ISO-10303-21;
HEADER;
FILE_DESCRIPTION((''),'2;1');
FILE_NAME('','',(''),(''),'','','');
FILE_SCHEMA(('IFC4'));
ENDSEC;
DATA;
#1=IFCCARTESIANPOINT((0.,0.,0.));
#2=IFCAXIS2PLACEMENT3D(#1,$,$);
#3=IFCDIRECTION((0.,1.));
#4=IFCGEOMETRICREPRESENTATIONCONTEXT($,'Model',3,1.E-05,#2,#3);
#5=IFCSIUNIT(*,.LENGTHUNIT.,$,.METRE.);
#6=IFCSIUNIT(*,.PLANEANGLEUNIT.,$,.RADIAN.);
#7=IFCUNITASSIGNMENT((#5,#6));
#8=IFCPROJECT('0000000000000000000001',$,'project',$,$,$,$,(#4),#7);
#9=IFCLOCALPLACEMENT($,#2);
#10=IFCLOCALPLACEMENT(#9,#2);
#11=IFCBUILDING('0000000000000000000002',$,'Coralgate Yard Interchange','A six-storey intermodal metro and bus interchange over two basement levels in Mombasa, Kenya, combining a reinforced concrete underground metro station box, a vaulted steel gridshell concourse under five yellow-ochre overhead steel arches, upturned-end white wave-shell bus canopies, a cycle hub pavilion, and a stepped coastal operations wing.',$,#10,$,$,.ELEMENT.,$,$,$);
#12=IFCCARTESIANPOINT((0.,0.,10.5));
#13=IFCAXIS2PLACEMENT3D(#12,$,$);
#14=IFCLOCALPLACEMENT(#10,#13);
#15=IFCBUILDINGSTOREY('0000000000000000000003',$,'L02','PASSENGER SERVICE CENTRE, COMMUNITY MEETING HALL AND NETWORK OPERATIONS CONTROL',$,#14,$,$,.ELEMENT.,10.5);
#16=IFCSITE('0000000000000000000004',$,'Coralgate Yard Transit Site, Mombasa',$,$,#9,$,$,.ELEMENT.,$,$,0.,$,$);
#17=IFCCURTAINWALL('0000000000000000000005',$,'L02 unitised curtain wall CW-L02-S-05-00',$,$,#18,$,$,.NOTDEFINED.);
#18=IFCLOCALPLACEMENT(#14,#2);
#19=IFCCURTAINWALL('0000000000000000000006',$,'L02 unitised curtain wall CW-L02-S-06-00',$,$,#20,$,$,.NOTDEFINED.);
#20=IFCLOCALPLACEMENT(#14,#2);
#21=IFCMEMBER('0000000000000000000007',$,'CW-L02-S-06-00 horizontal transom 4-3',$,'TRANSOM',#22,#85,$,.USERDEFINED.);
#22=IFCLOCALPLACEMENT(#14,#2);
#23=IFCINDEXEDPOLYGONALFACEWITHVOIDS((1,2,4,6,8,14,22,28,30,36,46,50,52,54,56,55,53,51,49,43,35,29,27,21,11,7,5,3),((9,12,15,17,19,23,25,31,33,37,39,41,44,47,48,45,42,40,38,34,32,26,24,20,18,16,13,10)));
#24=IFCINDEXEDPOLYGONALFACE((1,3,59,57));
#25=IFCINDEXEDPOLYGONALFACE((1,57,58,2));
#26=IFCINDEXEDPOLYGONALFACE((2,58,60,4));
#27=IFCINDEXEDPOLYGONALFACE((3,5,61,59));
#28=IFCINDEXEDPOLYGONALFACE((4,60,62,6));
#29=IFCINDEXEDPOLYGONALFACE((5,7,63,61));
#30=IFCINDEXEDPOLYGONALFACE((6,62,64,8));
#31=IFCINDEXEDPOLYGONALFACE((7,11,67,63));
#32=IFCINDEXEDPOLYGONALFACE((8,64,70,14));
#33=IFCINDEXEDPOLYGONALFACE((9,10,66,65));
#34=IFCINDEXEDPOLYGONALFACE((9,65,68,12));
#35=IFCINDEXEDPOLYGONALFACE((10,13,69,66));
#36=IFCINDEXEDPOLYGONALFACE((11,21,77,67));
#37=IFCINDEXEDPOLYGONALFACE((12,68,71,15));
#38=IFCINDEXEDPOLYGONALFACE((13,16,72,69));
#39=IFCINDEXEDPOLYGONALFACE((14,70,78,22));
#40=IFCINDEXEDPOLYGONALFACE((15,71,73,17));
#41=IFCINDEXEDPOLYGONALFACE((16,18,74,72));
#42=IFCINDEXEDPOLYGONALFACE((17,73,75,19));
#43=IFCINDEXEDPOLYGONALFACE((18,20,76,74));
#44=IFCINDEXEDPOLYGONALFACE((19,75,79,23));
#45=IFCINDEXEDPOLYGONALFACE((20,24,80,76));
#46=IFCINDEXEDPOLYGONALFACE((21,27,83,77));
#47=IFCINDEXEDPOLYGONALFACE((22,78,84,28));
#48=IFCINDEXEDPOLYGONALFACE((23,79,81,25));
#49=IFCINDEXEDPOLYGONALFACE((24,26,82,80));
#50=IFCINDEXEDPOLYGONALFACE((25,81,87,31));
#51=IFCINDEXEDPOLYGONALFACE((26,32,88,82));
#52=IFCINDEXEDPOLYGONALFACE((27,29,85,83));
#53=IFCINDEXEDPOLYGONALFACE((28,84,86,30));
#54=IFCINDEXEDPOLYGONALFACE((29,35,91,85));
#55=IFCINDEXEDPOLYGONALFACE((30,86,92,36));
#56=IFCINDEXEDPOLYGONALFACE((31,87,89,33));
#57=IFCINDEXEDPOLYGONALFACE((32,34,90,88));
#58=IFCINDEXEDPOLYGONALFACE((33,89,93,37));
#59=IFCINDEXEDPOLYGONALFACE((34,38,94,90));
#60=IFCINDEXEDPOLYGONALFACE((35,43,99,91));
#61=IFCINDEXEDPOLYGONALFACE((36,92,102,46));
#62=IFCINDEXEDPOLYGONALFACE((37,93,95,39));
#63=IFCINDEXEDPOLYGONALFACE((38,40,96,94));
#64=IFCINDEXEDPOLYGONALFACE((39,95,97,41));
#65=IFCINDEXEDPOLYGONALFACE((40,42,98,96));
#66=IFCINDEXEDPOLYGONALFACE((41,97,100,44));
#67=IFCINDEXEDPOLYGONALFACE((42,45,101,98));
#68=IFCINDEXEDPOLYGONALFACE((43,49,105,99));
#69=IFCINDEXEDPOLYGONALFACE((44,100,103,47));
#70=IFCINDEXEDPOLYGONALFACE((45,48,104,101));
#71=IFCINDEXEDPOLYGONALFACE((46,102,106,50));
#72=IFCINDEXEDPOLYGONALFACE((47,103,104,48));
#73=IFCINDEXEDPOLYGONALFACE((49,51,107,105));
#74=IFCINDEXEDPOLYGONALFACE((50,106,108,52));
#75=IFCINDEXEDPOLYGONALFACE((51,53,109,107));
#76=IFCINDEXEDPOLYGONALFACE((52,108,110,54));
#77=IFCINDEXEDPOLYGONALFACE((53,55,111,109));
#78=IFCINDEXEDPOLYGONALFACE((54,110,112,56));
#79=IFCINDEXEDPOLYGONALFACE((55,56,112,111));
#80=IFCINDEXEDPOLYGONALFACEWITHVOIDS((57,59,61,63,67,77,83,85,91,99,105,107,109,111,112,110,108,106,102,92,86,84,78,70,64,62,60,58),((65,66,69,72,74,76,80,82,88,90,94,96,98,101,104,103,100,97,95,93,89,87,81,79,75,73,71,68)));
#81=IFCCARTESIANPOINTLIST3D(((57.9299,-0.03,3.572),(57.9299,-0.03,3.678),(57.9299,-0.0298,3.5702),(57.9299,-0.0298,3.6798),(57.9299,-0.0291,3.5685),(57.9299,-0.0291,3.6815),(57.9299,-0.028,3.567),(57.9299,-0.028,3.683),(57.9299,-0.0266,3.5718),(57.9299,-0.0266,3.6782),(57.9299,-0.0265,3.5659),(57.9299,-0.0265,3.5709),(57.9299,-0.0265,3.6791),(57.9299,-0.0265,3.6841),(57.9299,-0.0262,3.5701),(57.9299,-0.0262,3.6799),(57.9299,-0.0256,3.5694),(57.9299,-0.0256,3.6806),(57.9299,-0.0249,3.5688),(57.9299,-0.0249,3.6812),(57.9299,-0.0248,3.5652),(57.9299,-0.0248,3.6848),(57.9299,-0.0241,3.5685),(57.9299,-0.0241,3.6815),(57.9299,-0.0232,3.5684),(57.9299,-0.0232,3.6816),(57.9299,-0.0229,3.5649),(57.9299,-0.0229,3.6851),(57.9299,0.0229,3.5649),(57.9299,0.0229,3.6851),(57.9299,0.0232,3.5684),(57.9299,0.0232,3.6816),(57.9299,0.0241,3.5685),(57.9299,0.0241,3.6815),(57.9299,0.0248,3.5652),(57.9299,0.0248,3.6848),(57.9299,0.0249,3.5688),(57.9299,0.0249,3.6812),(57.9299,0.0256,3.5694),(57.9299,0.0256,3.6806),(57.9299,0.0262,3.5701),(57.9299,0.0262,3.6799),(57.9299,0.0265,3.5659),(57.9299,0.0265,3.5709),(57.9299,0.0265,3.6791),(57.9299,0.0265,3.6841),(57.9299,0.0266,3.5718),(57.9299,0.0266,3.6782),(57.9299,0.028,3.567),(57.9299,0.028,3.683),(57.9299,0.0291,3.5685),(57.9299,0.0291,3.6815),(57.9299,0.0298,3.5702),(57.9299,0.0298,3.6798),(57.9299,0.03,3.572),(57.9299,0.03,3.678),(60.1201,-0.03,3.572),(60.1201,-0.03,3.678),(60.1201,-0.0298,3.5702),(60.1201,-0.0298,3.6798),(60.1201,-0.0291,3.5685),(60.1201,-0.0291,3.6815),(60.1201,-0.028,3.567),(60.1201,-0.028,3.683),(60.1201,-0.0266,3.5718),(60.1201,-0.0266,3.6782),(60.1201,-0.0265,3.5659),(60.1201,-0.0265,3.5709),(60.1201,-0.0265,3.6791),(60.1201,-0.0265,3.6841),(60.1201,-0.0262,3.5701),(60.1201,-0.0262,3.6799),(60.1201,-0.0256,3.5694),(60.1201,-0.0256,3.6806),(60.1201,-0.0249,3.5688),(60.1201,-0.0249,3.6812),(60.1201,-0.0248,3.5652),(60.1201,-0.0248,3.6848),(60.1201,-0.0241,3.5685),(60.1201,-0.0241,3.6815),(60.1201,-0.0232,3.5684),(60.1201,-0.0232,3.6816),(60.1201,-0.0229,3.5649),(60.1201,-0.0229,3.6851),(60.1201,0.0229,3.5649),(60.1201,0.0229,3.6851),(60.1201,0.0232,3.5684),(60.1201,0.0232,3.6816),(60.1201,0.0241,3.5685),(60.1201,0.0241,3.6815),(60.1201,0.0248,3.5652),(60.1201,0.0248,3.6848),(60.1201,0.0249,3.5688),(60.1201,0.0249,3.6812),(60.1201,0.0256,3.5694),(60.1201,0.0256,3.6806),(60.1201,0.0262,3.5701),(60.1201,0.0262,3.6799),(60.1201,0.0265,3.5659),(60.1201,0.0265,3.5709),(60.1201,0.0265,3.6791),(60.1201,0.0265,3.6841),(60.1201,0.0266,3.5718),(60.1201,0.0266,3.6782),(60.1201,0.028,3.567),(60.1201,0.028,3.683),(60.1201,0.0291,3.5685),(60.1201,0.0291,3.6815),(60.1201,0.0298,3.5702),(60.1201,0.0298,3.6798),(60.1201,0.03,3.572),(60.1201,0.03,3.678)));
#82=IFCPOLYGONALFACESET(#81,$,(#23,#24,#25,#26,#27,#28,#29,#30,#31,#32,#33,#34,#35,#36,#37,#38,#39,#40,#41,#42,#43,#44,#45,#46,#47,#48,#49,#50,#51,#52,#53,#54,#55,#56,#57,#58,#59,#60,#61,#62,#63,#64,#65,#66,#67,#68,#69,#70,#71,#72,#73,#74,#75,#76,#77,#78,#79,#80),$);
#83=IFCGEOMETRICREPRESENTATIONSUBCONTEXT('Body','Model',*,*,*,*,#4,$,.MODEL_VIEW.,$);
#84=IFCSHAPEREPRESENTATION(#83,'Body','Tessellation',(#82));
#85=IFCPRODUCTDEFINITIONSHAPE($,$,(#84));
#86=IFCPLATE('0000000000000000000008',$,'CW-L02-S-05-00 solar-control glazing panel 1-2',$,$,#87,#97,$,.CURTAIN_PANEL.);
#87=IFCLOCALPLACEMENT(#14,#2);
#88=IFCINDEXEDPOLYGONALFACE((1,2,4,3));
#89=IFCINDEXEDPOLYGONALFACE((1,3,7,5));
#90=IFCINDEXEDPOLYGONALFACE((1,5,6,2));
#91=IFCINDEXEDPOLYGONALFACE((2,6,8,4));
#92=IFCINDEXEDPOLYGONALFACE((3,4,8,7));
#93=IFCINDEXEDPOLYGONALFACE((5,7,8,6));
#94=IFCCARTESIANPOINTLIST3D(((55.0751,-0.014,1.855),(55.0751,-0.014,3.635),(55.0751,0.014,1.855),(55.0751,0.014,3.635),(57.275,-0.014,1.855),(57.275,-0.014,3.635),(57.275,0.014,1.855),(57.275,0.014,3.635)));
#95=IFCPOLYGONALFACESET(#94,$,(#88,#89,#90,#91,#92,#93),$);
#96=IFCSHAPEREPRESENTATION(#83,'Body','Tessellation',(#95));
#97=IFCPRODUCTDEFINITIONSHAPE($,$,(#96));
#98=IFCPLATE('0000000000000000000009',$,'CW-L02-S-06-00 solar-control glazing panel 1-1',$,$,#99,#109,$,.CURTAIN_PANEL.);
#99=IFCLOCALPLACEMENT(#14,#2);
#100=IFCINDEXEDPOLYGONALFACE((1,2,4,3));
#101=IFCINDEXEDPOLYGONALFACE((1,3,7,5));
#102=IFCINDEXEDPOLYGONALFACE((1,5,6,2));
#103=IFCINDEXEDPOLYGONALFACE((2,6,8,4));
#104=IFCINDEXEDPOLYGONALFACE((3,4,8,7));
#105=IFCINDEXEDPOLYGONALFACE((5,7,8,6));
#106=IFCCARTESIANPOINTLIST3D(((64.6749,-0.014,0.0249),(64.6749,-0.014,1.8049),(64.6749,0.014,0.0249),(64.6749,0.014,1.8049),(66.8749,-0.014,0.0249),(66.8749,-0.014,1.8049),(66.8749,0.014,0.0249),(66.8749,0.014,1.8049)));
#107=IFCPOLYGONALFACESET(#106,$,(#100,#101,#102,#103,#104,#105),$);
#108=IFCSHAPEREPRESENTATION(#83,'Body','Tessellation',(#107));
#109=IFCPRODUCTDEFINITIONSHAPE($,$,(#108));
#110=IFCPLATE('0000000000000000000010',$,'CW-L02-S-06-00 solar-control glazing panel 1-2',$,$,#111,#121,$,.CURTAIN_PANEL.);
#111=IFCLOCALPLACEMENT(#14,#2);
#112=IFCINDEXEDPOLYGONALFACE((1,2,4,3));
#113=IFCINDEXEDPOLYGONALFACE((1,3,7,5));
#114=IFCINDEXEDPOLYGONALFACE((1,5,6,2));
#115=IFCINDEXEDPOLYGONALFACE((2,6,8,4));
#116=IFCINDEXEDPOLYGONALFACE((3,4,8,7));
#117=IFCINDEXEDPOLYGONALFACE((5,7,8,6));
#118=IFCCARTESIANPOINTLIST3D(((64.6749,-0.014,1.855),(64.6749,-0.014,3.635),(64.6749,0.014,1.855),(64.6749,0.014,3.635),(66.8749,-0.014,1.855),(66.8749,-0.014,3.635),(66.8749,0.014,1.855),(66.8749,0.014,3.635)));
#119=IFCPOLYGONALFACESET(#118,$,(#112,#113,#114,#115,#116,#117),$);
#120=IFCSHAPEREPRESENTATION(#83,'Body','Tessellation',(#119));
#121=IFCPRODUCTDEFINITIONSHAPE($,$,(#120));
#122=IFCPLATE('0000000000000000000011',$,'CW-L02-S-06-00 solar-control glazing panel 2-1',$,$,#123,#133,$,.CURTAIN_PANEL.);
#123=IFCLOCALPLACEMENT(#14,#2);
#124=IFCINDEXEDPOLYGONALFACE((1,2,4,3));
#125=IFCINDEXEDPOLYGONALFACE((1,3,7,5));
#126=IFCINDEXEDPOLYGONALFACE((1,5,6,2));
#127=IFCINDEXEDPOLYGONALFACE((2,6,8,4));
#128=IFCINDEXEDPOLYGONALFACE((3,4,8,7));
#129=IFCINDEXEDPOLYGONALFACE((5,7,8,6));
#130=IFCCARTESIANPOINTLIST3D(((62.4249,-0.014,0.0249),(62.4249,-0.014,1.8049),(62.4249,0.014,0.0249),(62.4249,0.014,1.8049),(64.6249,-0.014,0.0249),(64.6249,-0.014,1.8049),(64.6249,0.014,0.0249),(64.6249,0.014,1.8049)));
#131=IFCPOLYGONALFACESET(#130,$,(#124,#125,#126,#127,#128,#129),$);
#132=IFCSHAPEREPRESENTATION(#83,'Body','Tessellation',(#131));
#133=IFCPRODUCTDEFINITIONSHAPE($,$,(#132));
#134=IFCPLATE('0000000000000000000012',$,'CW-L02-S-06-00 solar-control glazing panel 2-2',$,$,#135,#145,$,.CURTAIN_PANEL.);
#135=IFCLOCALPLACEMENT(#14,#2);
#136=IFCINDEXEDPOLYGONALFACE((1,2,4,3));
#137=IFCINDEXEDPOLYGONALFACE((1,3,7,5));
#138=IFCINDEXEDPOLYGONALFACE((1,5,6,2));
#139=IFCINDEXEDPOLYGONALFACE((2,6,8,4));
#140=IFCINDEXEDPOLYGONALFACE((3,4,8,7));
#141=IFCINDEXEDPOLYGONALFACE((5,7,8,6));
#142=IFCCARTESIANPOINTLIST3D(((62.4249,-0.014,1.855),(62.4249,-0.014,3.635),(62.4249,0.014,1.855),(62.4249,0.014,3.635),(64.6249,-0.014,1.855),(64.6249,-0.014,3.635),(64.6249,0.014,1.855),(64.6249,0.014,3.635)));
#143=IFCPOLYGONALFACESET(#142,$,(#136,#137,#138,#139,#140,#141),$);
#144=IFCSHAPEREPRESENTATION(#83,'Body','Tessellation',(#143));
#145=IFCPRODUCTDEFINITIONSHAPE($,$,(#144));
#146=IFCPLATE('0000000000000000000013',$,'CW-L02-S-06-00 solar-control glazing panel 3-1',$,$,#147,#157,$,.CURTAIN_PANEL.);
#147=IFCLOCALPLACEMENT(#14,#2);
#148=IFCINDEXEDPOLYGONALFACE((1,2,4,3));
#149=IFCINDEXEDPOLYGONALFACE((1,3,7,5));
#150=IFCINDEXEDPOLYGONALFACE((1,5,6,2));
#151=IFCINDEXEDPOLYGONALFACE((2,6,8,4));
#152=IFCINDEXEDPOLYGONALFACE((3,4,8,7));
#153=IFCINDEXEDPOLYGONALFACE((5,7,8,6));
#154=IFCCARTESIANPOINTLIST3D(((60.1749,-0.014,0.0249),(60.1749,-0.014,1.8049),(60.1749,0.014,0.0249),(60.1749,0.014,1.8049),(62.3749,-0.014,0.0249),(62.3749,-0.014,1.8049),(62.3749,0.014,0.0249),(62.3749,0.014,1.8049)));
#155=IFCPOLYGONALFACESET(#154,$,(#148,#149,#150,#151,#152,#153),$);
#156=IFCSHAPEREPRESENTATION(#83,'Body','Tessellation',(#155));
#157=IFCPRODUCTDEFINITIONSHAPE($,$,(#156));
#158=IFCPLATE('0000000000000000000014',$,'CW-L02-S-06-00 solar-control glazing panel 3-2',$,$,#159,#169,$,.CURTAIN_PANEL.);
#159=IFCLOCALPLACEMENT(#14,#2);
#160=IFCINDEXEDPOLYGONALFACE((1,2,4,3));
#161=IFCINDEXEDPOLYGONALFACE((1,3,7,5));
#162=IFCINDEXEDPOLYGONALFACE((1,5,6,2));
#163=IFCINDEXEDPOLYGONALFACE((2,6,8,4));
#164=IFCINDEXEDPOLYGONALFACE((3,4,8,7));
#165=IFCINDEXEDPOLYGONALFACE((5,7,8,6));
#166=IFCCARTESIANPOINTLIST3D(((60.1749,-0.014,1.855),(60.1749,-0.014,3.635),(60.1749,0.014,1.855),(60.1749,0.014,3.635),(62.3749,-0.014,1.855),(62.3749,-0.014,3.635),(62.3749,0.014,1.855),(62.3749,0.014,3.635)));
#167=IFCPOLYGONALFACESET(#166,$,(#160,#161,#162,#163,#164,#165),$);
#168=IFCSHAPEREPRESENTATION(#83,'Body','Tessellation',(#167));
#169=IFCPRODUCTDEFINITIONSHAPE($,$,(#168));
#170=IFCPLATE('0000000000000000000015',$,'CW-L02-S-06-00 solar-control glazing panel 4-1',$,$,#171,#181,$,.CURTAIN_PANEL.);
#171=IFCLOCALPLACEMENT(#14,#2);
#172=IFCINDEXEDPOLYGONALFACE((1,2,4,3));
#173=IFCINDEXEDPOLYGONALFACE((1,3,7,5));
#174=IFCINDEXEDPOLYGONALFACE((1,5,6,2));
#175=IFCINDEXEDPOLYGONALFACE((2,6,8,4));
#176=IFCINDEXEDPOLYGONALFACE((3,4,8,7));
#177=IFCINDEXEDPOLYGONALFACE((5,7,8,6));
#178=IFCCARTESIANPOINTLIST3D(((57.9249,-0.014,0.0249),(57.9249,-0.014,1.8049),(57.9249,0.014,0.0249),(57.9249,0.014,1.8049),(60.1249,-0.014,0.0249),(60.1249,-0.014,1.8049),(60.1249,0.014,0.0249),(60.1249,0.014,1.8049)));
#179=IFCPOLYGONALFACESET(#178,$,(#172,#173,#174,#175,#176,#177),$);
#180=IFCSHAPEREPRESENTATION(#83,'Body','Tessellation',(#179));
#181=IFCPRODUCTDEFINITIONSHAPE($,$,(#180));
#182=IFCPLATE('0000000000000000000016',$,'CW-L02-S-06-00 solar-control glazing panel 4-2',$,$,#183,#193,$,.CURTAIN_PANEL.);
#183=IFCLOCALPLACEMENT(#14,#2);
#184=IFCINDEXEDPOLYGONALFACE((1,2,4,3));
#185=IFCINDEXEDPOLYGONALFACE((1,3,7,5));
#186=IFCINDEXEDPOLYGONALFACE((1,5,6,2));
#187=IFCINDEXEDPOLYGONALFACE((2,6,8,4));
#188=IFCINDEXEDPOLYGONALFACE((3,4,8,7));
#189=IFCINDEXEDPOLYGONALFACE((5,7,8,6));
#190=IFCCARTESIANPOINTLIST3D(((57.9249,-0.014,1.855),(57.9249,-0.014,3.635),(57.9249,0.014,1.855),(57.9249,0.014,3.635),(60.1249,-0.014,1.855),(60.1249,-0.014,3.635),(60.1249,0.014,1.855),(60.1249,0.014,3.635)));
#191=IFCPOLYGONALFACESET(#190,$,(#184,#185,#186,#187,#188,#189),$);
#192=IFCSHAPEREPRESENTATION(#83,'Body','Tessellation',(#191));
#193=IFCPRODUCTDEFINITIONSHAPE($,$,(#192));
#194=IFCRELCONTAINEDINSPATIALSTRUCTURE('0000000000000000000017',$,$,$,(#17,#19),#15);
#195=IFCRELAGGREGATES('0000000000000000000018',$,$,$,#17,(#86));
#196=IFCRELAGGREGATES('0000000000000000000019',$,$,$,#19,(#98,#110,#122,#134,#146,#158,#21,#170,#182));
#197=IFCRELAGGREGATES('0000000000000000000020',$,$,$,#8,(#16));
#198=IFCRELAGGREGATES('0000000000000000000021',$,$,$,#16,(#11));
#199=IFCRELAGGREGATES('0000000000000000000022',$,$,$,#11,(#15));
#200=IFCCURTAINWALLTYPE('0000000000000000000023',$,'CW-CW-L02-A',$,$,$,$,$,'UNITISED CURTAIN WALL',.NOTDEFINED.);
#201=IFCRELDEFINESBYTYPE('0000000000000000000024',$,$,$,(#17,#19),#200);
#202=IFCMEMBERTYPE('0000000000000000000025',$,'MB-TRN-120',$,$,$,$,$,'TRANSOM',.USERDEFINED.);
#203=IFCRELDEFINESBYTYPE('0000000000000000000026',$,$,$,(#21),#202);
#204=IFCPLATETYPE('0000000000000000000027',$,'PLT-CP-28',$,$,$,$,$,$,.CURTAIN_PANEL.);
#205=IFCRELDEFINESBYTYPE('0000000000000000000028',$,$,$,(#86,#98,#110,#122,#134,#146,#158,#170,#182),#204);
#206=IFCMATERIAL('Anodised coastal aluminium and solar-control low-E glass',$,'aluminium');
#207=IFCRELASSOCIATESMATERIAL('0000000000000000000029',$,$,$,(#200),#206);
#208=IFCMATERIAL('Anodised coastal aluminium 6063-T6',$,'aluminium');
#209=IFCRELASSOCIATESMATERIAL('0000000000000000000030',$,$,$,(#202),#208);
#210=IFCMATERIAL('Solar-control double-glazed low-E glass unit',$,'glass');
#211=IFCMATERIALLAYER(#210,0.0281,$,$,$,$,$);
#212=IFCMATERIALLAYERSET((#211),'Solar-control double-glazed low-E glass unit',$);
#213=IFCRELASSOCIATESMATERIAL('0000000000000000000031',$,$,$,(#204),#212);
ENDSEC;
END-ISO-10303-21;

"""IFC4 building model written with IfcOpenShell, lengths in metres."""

from ifc_helpers import new_model, si_unit, direction, frame, origin, origin_2d, place, context, subcontext, project, spatial, rectangle, hollow_rectangle, extrude, material, layer, layer_set, material_profile, profile_set, type_object, element, aggregate, save


model = new_model("IFC4")

# Units and contexts
model_context = context("Model", 3, precision=1e-05, world=origin(), true_north=direction((0.0, 1.0)))
body_context = subcontext(model_context, "Body", "Model", "MODEL_VIEW")
ifc_project = project(units=[si_unit("LENGTHUNIT", "METRE"), si_unit("PLANEANGLEUNIT", "RADIAN")], contexts=[model_context])

# Site, building, storey
site_placement = place(None, origin())
site = spatial("IfcSite", under=ifc_project, at=site_placement, Name="Coralgate Yard Transit Site, Mombasa", CompositionType="ELEMENT", RefElevation=0.0)
building_placement = place(site_placement, origin())
building = spatial("IfcBuilding", under=site, at=building_placement, Name="Coralgate Yard Interchange", Description="A six-storey intermodal metro and bus interchange over two basement levels in Mombasa, Kenya, combining a reinforced concrete underground metro station box, a vaulted steel gridshell concourse under five yellow-ochre overhead steel arches, upturned-end white wave-shell bus canopies, a cycle hub pavilion, and a stepped coastal operations wing.", CompositionType="ELEMENT")
storey_placement = place(building_placement, frame((0.0, 0.0, 10.5)))
storey = spatial("IfcBuildingStorey", under=building, at=storey_placement, Name="L02", Description="PASSENGER SERVICE CENTRE, COMMUNITY MEETING HALL AND NETWORK OPERATIONS CONTROL", CompositionType="ELEMENT", Elevation=10.5)

# Curtain wall
ifc_material_1 = material(Name="Anodised coastal aluminium and solar-control low-E glass", Category="aluminium")
curtain_wall_type = type_object("IfcCurtainWallType", Name="CW-CW-L02-A", ElementType="UNITISED CURTAIN WALL", PredefinedType="NOTDEFINED", material=ifc_material_1)
curtain_wall_1_placement = place(storey_placement, origin())
curtain_wall_1 = element("IfcCurtainWall", 1, at=curtain_wall_1_placement, inside=storey, type_object=curtain_wall_type, Name="L02 unitised curtain wall CW-L02-S-05-00", PredefinedType="NOTDEFINED")
ifc_material_2 = material(Name="Anodised coastal aluminium 6063-T6", Category="aluminium")

# Curtain wall
curtain_wall_2_placement = place(storey_placement, origin())
curtain_wall_2 = element("IfcCurtainWall", 2, at=curtain_wall_2_placement, inside=storey, type_object=curtain_wall_type, Name="L02 unitised curtain wall CW-L02-S-06-00", PredefinedType="NOTDEFINED")

# Member
ifc_material_profile_1 = material_profile(ifc_material_2, hollow_rectangle(XDim=0.0601, YDim=0.1201, WallThickness=0.0034, InnerFilletRadius=0.0034, OuterFilletRadius=0.0071, at=origin_2d()), Name="ALU 60x120x3.5")
ifc_profile_set_1 = profile_set([ifc_material_profile_1], Name="Anodised coastal aluminium 6063-T6")
member_type_1 = type_object("IfcMemberType", Name="MB-TRN-120", ElementType="TRANSOM", PredefinedType="USERDEFINED", material=ifc_profile_set_1)
member_1_placement = place(storey_placement, frame((60.1201, 0.0, 3.625), z_axis=(-1.0, 0.0, 0.0), x_axis=(0.0, -1.0, 0.0)))
member_1 = element("IfcMember", 3, at=member_1_placement, type_object=member_type_1, Name="CW-L02-S-06-00 horizontal transom 4-3", ObjectType="TRANSOM", PredefinedType="USERDEFINED", context=body_context, shape_type="SweptSolid", body=[
    extrude(hollow_rectangle(XDim=0.0601, YDim=0.1201, WallThickness=0.0034, InnerFilletRadius=0.0034, OuterFilletRadius=0.0071, at=origin_2d()), origin(), (0.0, 0.0, 1.0), 2.1902),
])

# Plates
ifc_material_3 = material(Name="Solar-control double-glazed low-E glass unit", Category="glass")
ifc_layer = layer(ifc_material_3, 0.0281)
ifc_layer_set = layer_set([ifc_layer], Name="Solar-control double-glazed low-E glass unit")
plate_type = type_object("IfcPlateType", Name="PLT-CP-28", PredefinedType="CURTAIN_PANEL", material=ifc_layer_set)
plate_1_placement = place(storey_placement, frame((56.175, 0.0, 1.855), z_axis=(0.0, 0.0, 1.0), x_axis=(-1.0, 0.0, 0.0)))
plate_1 = element("IfcPlate", 4, at=plate_1_placement, type_object=plate_type, Name="CW-L02-S-05-00 solar-control glazing panel 1-2", PredefinedType="CURTAIN_PANEL", context=body_context, shape_type="SweptSolid", body=[
    extrude(rectangle(XDim=2.2, YDim=0.0281, at=origin_2d()), origin(), (0.0, 0.0, 1.0), 1.78),
])
aggregate(curtain_wall_1, [plate_1])
plate_2_placement = place(storey_placement, frame((65.7749, 0.0, 0.0249), z_axis=(0.0, 0.0, 1.0), x_axis=(-1.0, 0.0, 0.0)))
plate_2 = element("IfcPlate", 5, at=plate_2_placement, type_object=plate_type, Name="CW-L02-S-06-00 solar-control glazing panel 1-1", PredefinedType="CURTAIN_PANEL", context=body_context, shape_type="SweptSolid", body=[
    extrude(rectangle(XDim=2.2, YDim=0.0281, at=origin_2d()), origin(), (0.0, 0.0, 1.0), 1.78),
])
plate_3_placement = place(storey_placement, frame((65.7749, 0.0, 1.855), z_axis=(0.0, 0.0, 1.0), x_axis=(-1.0, 0.0, 0.0)))
plate_3 = element("IfcPlate", 6, at=plate_3_placement, type_object=plate_type, Name="CW-L02-S-06-00 solar-control glazing panel 1-2", PredefinedType="CURTAIN_PANEL", context=body_context, shape_type="SweptSolid", body=[
    extrude(rectangle(XDim=2.2, YDim=0.0281, at=origin_2d()), origin(), (0.0, 0.0, 1.0), 1.78),
])
plate_4_placement = place(storey_placement, frame((63.5249, 0.0, 0.0249), z_axis=(0.0, 0.0, 1.0), x_axis=(-1.0, 0.0, 0.0)))
plate_4 = element("IfcPlate", 7, at=plate_4_placement, type_object=plate_type, Name="CW-L02-S-06-00 solar-control glazing panel 2-1", PredefinedType="CURTAIN_PANEL", context=body_context, shape_type="SweptSolid", body=[
    extrude(rectangle(XDim=2.2, YDim=0.0281, at=origin_2d()), origin(), (0.0, 0.0, 1.0), 1.78),
])
plate_5_placement = place(storey_placement, frame((63.5249, 0.0, 1.855), z_axis=(0.0, 0.0, 1.0), x_axis=(-1.0, 0.0, 0.0)))
plate_5 = element("IfcPlate", 8, at=plate_5_placement, type_object=plate_type, Name="CW-L02-S-06-00 solar-control glazing panel 2-2", PredefinedType="CURTAIN_PANEL", context=body_context, shape_type="SweptSolid", body=[
    extrude(rectangle(XDim=2.2, YDim=0.0281, at=origin_2d()), origin(), (0.0, 0.0, 1.0), 1.78),
])
plate_6_placement = place(storey_placement, frame((61.2749, 0.0, 0.0249), z_axis=(0.0, 0.0, 1.0), x_axis=(-1.0, 0.0, 0.0)))
plate_6 = element("IfcPlate", 9, at=plate_6_placement, type_object=plate_type, Name="CW-L02-S-06-00 solar-control glazing panel 3-1", PredefinedType="CURTAIN_PANEL", context=body_context, shape_type="SweptSolid", body=[
    extrude(rectangle(XDim=2.2, YDim=0.0281, at=origin_2d()), origin(), (0.0, 0.0, 1.0), 1.78),
])
plate_7_placement = place(storey_placement, frame((61.2749, 0.0, 1.855), z_axis=(0.0, 0.0, 1.0), x_axis=(-1.0, 0.0, 0.0)))
plate_7 = element("IfcPlate", 10, at=plate_7_placement, type_object=plate_type, Name="CW-L02-S-06-00 solar-control glazing panel 3-2", PredefinedType="CURTAIN_PANEL", context=body_context, shape_type="SweptSolid", body=[
    extrude(rectangle(XDim=2.2, YDim=0.0281, at=origin_2d()), origin(), (0.0, 0.0, 1.0), 1.78),
])
plate_8_placement = place(storey_placement, frame((59.0249, 0.0, 0.0249), z_axis=(0.0, 0.0, 1.0), x_axis=(-1.0, 0.0, 0.0)))
plate_8 = element("IfcPlate", 11, at=plate_8_placement, type_object=plate_type, Name="CW-L02-S-06-00 solar-control glazing panel 4-1", PredefinedType="CURTAIN_PANEL", context=body_context, shape_type="SweptSolid", body=[
    extrude(rectangle(XDim=2.2, YDim=0.0281, at=origin_2d()), origin(), (0.0, 0.0, 1.0), 1.78),
])
plate_9_placement = place(storey_placement, frame((59.0249, 0.0, 1.855), z_axis=(0.0, 0.0, 1.0), x_axis=(-1.0, 0.0, 0.0)))
plate_9 = element("IfcPlate", 12, at=plate_9_placement, type_object=plate_type, Name="CW-L02-S-06-00 solar-control glazing panel 4-2", PredefinedType="CURTAIN_PANEL", context=body_context, shape_type="SweptSolid", body=[
    extrude(rectangle(XDim=2.2, YDim=0.0281, at=origin_2d()), origin(), (0.0, 0.0, 1.0), 1.78),
])
aggregate(curtain_wall_2, [plate_2, plate_3, plate_4, plate_5, plate_6, plate_7, member_1, plate_8, plate_9])

save(model, "model.ifc")
